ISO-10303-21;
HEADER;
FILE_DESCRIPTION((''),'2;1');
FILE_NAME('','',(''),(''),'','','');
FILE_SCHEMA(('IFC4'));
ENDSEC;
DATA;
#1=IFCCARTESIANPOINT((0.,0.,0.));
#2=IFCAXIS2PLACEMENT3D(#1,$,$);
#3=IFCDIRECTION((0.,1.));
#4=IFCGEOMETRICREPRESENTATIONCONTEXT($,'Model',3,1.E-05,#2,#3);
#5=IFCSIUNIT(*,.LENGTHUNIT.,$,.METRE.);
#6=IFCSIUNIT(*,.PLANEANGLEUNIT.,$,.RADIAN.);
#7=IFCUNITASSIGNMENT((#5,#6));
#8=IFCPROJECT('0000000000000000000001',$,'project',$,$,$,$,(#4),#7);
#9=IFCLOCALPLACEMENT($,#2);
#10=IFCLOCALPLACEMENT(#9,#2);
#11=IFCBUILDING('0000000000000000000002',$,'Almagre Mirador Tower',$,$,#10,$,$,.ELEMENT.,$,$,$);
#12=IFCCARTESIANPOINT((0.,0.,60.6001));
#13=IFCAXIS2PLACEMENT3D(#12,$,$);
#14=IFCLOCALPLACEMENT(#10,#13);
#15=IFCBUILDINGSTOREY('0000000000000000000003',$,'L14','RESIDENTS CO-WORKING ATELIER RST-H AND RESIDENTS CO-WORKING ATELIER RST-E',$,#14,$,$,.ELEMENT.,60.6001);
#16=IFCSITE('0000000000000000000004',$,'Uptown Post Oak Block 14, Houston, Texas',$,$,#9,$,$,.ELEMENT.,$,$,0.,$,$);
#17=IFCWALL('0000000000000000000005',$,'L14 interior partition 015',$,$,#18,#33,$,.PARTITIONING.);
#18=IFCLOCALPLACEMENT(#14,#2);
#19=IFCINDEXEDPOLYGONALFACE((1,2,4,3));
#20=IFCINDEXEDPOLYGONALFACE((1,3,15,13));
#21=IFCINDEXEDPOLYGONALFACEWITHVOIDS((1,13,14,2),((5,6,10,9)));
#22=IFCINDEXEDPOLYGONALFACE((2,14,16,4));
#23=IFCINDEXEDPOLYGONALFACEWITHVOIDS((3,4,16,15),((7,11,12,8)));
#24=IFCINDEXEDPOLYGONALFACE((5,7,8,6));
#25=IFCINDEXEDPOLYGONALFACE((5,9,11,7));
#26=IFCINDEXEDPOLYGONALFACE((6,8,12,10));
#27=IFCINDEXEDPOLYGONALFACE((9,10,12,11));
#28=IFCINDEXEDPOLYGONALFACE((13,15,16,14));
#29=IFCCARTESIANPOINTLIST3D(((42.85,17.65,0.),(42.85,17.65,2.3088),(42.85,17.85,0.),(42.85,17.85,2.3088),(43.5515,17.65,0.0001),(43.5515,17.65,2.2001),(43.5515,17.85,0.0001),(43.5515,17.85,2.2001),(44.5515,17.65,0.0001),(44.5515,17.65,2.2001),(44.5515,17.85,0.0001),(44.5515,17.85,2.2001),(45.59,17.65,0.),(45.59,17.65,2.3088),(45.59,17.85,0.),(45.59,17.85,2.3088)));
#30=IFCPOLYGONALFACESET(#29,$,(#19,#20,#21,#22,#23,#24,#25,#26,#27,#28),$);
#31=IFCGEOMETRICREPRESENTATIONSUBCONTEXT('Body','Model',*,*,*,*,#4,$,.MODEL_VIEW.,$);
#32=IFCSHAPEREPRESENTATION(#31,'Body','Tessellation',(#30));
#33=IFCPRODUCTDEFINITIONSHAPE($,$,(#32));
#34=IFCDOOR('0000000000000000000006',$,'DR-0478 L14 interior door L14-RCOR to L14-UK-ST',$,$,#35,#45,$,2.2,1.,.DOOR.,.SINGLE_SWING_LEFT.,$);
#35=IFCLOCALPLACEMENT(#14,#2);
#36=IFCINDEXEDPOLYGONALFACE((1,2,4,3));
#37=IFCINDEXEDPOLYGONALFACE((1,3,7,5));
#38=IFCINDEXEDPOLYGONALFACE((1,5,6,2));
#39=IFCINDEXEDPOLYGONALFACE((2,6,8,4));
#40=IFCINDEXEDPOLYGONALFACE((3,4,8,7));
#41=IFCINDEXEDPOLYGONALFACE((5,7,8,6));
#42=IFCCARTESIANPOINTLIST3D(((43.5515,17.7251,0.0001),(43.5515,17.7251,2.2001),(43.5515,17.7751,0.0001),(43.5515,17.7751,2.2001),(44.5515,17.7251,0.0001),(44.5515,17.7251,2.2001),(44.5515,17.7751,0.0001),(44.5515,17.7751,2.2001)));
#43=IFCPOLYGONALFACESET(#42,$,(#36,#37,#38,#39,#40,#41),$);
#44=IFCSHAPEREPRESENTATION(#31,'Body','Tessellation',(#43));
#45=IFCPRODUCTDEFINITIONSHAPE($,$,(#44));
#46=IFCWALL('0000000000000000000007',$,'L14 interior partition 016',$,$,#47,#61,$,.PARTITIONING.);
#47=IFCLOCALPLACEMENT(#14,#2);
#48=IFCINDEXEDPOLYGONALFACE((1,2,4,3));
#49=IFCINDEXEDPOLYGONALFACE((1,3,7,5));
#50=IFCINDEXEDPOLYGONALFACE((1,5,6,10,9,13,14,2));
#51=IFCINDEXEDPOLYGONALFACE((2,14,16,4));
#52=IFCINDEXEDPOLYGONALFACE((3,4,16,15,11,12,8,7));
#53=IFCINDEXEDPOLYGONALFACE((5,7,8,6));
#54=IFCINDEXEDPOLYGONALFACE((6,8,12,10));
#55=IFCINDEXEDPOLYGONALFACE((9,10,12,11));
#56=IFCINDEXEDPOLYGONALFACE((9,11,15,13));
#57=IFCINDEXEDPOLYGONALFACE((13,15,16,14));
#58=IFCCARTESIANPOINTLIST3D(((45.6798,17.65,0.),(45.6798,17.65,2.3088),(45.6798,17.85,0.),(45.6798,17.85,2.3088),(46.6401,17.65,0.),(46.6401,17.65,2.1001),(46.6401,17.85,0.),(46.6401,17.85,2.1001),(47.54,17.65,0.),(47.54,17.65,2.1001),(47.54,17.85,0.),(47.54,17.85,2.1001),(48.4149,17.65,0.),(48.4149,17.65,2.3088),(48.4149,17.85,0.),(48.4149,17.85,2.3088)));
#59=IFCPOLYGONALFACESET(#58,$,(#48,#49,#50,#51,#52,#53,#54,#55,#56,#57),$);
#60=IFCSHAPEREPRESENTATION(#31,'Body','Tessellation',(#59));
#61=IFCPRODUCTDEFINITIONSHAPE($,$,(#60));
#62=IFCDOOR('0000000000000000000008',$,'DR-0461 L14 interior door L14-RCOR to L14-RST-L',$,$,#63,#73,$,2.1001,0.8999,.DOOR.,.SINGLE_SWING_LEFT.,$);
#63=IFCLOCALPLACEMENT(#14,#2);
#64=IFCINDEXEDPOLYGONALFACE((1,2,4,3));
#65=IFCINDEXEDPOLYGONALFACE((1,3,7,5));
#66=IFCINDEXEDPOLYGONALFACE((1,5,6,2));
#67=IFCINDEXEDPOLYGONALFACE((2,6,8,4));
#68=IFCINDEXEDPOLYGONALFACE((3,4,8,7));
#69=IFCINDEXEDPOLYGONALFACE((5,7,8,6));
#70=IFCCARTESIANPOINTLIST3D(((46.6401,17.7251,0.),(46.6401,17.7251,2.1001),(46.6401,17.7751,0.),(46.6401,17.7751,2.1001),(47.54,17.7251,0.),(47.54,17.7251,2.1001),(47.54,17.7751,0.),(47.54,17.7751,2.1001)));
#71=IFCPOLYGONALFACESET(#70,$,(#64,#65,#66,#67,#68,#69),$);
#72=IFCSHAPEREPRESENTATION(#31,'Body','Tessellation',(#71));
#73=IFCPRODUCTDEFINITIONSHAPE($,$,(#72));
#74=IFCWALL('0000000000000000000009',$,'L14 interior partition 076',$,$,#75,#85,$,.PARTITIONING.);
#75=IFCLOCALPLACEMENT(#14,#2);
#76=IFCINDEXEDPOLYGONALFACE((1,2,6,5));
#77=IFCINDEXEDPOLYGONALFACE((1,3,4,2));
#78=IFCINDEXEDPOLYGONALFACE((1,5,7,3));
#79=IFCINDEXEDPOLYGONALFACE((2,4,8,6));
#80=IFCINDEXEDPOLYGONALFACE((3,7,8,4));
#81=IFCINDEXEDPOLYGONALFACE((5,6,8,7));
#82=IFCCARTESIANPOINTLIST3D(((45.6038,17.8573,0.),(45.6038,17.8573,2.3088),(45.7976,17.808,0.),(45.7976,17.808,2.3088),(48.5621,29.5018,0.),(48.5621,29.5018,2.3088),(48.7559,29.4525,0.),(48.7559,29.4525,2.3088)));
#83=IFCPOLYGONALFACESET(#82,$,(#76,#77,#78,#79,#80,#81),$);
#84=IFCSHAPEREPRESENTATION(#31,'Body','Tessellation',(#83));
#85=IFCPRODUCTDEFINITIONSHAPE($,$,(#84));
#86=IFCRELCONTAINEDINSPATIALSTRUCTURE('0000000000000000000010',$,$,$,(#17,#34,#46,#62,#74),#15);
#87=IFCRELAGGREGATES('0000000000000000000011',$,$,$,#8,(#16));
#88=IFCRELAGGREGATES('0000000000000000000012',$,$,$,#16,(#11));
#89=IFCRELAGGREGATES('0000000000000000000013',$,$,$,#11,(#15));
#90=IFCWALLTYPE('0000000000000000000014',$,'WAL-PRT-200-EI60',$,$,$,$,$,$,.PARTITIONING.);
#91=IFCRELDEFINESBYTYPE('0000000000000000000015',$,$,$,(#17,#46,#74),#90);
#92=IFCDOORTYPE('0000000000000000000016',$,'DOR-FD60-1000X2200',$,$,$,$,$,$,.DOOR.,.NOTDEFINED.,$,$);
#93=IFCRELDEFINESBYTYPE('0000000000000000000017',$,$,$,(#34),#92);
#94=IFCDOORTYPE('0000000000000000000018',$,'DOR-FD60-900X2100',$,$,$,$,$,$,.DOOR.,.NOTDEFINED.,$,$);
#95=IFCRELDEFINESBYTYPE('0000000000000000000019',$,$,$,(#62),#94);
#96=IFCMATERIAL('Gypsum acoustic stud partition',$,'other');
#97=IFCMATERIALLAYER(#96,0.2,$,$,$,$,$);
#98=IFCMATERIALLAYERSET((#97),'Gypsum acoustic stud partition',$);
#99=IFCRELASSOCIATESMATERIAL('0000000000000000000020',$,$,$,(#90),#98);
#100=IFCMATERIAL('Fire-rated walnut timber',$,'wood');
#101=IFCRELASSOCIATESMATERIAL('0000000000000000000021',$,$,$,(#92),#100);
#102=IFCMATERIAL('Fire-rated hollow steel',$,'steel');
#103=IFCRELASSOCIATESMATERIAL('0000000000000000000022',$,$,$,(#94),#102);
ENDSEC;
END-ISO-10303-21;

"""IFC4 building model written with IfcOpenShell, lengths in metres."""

from ifc_helpers import new_model, si_unit, direction, frame, frame_2d, origin, place, context, subcontext, project, spatial, rectangle, extrude, material, layer, layer_set, type_object, element, fill, save


model = new_model("IFC4")

# Units and contexts
model_context = context("Model", 3, precision=1e-05, world=origin(), true_north=direction((0.0, 1.0)))
body_context = subcontext(model_context, "Body", "Model", "MODEL_VIEW")
ifc_project = project(units=[si_unit("LENGTHUNIT", "METRE"), si_unit("PLANEANGLEUNIT", "RADIAN")], contexts=[model_context])

# Site, building, storey
site_placement = place(None, origin())
site = spatial("IfcSite", under=ifc_project, at=site_placement, Name="Uptown Post Oak Block 14, Houston, Texas", CompositionType="ELEMENT", RefElevation=0.0)
building_placement = place(site_placement, origin())
building = spatial("IfcBuilding", under=site, at=building_placement, Name="Almagre Mirador Tower", CompositionType="ELEMENT")
storey_placement = place(building_placement, frame((0.0, 0.0, 60.6001)))
storey = spatial("IfcBuildingStorey", under=building, at=storey_placement, Name="L14", Description="RESIDENTS CO-WORKING ATELIER RST-H AND RESIDENTS CO-WORKING ATELIER RST-E", CompositionType="ELEMENT", Elevation=60.6001)

# Walls, openings, doors
ifc_material_1 = material(Name="Gypsum acoustic stud partition", Category="other")
ifc_layer_1 = layer(ifc_material_1, 0.2)
ifc_layer_set_1 = layer_set([ifc_layer_1], Name="Gypsum acoustic stud partition")
wall_type_1 = type_object("IfcWallType", Name="WAL-PRT-200-EI60", PredefinedType="PARTITIONING", material=ifc_layer_set_1)
wall_1_placement = place(storey_placement, frame((45.5901, 17.75, 0.0), z_axis=(0.0, 0.0, 1.0), x_axis=(-1.0, 0.0, 0.0)))
wall_1 = element("IfcWall", 1, at=wall_1_placement, inside=storey, type_object=wall_type_1, Name="L14 interior partition 015", PredefinedType="PARTITIONING", context=body_context, shape_type="SweptSolid", body=[
    extrude(rectangle(XDim=2.74, YDim=0.2, at=frame_2d((1.3701, 0.0))), origin(), (0.0, 0.0, 1.0), 2.3088),
])
opening_1_placement = place(wall_1_placement, frame((1.0386, 0.0, 0.0)))
opening_1 = element("IfcOpeningElement", 2, at=opening_1_placement, cuts=wall_1, PredefinedType="OPENING", context=body_context, shape_type="SweptSolid", body=[
    extrude(rectangle(XDim=1.0, YDim=2.2, at=frame_2d((0.5, 1.1001))), frame((0.0, 0.1101, 0.0), z_axis=(0.0, -1.0, 0.0), x_axis=(1.0, 0.0, 0.0)), (0.0, 0.0, 1.0), 0.22),
])
ifc_material_2 = material(Name="Fire-rated walnut timber", Category="wood")
door_type_1 = type_object("IfcDoorType", Name="DOR-FD60-1000X2200", OperationType="NOTDEFINED", PredefinedType="DOOR", material=ifc_material_2)
door_1_placement = place(opening_1_placement, origin())
door_1 = element("IfcDoor", 3, at=door_1_placement, inside=storey, type_object=door_type_1, Name="DR-0478 L14 interior door L14-RCOR to L14-UK-ST", OperationType="SINGLE_SWING_LEFT", OverallHeight=2.2, OverallWidth=1.0, PredefinedType="DOOR", context=body_context, shape_type="SweptSolid", body=[
    extrude(rectangle(XDim=1.0, YDim=2.2, at=frame_2d((0.5, 1.1001))), frame((0.0, 0.0249, 0.0), z_axis=(0.0, -1.0, 0.0), x_axis=(1.0, 0.0, 0.0)), (0.0, 0.0, 1.0), 0.05),
])
fill(opening_1, door_1)
wall_2_placement = place(storey_placement, frame((48.415, 17.75, 0.0), z_axis=(0.0, 0.0, 1.0), x_axis=(-1.0, 0.0, 0.0)))
wall_2 = element("IfcWall", 4, at=wall_2_placement, inside=storey, type_object=wall_type_1, Name="L14 interior partition 016", PredefinedType="PARTITIONING", context=body_context, shape_type="SweptSolid", body=[
    extrude(rectangle(XDim=2.7351, YDim=0.2, at=frame_2d((1.3677, 0.0))), origin(), (0.0, 0.0, 1.0), 2.3088),
])
opening_2_placement = place(wall_2_placement, frame((0.875, 0.0, 0.0)))
opening_2 = element("IfcOpeningElement", 5, at=opening_2_placement, cuts=wall_2, PredefinedType="OPENING", context=body_context, shape_type="SweptSolid", body=[
    extrude(rectangle(XDim=0.8999, YDim=2.1001, at=frame_2d((0.45, 1.05))), frame((0.0, 0.1101, 0.0), z_axis=(0.0, -1.0, 0.0), x_axis=(1.0, 0.0, 0.0)), (0.0, 0.0, 1.0), 0.22),
])
ifc_material_3 = material(Name="Fire-rated hollow steel", Category="steel")
door_type_2 = type_object("IfcDoorType", Name="DOR-FD60-900X2100", OperationType="NOTDEFINED", PredefinedType="DOOR", material=ifc_material_3)
door_2_placement = place(opening_2_placement, origin())
door_2 = element("IfcDoor", 6, at=door_2_placement, inside=storey, type_object=door_type_2, Name="DR-0461 L14 interior door L14-RCOR to L14-RST-L", OperationType="SINGLE_SWING_LEFT", OverallHeight=2.1001, OverallWidth=0.8999, PredefinedType="DOOR", context=body_context, shape_type="SweptSolid", body=[
    extrude(rectangle(XDim=0.8999, YDim=2.1001, at=frame_2d((0.45, 1.05))), frame((0.0, 0.0249, 0.0), z_axis=(0.0, -1.0, 0.0), x_axis=(1.0, 0.0, 0.0)), (0.0, 0.0, 1.0), 0.05),
])
fill(opening_2, door_2)

# Wall
wall_3_placement = place(storey_placement, frame((45.7007, 17.8325, 0.0), z_axis=(0.0, 0.0, 1.0), x_axis=(0.246225, 0.969213, 0.0)))
element("IfcWall", 7, at=wall_3_placement, inside=storey, type_object=wall_type_1, Name="L14 interior partition 076", PredefinedType="PARTITIONING", context=body_context, shape_type="SweptSolid", body=[
    extrude(rectangle(XDim=12.0144, YDim=0.2, at=frame_2d((6.0073, 0.0))), origin(), (0.0, 0.0, 1.0), 2.3088),
])

save(model, "model.ifc")
